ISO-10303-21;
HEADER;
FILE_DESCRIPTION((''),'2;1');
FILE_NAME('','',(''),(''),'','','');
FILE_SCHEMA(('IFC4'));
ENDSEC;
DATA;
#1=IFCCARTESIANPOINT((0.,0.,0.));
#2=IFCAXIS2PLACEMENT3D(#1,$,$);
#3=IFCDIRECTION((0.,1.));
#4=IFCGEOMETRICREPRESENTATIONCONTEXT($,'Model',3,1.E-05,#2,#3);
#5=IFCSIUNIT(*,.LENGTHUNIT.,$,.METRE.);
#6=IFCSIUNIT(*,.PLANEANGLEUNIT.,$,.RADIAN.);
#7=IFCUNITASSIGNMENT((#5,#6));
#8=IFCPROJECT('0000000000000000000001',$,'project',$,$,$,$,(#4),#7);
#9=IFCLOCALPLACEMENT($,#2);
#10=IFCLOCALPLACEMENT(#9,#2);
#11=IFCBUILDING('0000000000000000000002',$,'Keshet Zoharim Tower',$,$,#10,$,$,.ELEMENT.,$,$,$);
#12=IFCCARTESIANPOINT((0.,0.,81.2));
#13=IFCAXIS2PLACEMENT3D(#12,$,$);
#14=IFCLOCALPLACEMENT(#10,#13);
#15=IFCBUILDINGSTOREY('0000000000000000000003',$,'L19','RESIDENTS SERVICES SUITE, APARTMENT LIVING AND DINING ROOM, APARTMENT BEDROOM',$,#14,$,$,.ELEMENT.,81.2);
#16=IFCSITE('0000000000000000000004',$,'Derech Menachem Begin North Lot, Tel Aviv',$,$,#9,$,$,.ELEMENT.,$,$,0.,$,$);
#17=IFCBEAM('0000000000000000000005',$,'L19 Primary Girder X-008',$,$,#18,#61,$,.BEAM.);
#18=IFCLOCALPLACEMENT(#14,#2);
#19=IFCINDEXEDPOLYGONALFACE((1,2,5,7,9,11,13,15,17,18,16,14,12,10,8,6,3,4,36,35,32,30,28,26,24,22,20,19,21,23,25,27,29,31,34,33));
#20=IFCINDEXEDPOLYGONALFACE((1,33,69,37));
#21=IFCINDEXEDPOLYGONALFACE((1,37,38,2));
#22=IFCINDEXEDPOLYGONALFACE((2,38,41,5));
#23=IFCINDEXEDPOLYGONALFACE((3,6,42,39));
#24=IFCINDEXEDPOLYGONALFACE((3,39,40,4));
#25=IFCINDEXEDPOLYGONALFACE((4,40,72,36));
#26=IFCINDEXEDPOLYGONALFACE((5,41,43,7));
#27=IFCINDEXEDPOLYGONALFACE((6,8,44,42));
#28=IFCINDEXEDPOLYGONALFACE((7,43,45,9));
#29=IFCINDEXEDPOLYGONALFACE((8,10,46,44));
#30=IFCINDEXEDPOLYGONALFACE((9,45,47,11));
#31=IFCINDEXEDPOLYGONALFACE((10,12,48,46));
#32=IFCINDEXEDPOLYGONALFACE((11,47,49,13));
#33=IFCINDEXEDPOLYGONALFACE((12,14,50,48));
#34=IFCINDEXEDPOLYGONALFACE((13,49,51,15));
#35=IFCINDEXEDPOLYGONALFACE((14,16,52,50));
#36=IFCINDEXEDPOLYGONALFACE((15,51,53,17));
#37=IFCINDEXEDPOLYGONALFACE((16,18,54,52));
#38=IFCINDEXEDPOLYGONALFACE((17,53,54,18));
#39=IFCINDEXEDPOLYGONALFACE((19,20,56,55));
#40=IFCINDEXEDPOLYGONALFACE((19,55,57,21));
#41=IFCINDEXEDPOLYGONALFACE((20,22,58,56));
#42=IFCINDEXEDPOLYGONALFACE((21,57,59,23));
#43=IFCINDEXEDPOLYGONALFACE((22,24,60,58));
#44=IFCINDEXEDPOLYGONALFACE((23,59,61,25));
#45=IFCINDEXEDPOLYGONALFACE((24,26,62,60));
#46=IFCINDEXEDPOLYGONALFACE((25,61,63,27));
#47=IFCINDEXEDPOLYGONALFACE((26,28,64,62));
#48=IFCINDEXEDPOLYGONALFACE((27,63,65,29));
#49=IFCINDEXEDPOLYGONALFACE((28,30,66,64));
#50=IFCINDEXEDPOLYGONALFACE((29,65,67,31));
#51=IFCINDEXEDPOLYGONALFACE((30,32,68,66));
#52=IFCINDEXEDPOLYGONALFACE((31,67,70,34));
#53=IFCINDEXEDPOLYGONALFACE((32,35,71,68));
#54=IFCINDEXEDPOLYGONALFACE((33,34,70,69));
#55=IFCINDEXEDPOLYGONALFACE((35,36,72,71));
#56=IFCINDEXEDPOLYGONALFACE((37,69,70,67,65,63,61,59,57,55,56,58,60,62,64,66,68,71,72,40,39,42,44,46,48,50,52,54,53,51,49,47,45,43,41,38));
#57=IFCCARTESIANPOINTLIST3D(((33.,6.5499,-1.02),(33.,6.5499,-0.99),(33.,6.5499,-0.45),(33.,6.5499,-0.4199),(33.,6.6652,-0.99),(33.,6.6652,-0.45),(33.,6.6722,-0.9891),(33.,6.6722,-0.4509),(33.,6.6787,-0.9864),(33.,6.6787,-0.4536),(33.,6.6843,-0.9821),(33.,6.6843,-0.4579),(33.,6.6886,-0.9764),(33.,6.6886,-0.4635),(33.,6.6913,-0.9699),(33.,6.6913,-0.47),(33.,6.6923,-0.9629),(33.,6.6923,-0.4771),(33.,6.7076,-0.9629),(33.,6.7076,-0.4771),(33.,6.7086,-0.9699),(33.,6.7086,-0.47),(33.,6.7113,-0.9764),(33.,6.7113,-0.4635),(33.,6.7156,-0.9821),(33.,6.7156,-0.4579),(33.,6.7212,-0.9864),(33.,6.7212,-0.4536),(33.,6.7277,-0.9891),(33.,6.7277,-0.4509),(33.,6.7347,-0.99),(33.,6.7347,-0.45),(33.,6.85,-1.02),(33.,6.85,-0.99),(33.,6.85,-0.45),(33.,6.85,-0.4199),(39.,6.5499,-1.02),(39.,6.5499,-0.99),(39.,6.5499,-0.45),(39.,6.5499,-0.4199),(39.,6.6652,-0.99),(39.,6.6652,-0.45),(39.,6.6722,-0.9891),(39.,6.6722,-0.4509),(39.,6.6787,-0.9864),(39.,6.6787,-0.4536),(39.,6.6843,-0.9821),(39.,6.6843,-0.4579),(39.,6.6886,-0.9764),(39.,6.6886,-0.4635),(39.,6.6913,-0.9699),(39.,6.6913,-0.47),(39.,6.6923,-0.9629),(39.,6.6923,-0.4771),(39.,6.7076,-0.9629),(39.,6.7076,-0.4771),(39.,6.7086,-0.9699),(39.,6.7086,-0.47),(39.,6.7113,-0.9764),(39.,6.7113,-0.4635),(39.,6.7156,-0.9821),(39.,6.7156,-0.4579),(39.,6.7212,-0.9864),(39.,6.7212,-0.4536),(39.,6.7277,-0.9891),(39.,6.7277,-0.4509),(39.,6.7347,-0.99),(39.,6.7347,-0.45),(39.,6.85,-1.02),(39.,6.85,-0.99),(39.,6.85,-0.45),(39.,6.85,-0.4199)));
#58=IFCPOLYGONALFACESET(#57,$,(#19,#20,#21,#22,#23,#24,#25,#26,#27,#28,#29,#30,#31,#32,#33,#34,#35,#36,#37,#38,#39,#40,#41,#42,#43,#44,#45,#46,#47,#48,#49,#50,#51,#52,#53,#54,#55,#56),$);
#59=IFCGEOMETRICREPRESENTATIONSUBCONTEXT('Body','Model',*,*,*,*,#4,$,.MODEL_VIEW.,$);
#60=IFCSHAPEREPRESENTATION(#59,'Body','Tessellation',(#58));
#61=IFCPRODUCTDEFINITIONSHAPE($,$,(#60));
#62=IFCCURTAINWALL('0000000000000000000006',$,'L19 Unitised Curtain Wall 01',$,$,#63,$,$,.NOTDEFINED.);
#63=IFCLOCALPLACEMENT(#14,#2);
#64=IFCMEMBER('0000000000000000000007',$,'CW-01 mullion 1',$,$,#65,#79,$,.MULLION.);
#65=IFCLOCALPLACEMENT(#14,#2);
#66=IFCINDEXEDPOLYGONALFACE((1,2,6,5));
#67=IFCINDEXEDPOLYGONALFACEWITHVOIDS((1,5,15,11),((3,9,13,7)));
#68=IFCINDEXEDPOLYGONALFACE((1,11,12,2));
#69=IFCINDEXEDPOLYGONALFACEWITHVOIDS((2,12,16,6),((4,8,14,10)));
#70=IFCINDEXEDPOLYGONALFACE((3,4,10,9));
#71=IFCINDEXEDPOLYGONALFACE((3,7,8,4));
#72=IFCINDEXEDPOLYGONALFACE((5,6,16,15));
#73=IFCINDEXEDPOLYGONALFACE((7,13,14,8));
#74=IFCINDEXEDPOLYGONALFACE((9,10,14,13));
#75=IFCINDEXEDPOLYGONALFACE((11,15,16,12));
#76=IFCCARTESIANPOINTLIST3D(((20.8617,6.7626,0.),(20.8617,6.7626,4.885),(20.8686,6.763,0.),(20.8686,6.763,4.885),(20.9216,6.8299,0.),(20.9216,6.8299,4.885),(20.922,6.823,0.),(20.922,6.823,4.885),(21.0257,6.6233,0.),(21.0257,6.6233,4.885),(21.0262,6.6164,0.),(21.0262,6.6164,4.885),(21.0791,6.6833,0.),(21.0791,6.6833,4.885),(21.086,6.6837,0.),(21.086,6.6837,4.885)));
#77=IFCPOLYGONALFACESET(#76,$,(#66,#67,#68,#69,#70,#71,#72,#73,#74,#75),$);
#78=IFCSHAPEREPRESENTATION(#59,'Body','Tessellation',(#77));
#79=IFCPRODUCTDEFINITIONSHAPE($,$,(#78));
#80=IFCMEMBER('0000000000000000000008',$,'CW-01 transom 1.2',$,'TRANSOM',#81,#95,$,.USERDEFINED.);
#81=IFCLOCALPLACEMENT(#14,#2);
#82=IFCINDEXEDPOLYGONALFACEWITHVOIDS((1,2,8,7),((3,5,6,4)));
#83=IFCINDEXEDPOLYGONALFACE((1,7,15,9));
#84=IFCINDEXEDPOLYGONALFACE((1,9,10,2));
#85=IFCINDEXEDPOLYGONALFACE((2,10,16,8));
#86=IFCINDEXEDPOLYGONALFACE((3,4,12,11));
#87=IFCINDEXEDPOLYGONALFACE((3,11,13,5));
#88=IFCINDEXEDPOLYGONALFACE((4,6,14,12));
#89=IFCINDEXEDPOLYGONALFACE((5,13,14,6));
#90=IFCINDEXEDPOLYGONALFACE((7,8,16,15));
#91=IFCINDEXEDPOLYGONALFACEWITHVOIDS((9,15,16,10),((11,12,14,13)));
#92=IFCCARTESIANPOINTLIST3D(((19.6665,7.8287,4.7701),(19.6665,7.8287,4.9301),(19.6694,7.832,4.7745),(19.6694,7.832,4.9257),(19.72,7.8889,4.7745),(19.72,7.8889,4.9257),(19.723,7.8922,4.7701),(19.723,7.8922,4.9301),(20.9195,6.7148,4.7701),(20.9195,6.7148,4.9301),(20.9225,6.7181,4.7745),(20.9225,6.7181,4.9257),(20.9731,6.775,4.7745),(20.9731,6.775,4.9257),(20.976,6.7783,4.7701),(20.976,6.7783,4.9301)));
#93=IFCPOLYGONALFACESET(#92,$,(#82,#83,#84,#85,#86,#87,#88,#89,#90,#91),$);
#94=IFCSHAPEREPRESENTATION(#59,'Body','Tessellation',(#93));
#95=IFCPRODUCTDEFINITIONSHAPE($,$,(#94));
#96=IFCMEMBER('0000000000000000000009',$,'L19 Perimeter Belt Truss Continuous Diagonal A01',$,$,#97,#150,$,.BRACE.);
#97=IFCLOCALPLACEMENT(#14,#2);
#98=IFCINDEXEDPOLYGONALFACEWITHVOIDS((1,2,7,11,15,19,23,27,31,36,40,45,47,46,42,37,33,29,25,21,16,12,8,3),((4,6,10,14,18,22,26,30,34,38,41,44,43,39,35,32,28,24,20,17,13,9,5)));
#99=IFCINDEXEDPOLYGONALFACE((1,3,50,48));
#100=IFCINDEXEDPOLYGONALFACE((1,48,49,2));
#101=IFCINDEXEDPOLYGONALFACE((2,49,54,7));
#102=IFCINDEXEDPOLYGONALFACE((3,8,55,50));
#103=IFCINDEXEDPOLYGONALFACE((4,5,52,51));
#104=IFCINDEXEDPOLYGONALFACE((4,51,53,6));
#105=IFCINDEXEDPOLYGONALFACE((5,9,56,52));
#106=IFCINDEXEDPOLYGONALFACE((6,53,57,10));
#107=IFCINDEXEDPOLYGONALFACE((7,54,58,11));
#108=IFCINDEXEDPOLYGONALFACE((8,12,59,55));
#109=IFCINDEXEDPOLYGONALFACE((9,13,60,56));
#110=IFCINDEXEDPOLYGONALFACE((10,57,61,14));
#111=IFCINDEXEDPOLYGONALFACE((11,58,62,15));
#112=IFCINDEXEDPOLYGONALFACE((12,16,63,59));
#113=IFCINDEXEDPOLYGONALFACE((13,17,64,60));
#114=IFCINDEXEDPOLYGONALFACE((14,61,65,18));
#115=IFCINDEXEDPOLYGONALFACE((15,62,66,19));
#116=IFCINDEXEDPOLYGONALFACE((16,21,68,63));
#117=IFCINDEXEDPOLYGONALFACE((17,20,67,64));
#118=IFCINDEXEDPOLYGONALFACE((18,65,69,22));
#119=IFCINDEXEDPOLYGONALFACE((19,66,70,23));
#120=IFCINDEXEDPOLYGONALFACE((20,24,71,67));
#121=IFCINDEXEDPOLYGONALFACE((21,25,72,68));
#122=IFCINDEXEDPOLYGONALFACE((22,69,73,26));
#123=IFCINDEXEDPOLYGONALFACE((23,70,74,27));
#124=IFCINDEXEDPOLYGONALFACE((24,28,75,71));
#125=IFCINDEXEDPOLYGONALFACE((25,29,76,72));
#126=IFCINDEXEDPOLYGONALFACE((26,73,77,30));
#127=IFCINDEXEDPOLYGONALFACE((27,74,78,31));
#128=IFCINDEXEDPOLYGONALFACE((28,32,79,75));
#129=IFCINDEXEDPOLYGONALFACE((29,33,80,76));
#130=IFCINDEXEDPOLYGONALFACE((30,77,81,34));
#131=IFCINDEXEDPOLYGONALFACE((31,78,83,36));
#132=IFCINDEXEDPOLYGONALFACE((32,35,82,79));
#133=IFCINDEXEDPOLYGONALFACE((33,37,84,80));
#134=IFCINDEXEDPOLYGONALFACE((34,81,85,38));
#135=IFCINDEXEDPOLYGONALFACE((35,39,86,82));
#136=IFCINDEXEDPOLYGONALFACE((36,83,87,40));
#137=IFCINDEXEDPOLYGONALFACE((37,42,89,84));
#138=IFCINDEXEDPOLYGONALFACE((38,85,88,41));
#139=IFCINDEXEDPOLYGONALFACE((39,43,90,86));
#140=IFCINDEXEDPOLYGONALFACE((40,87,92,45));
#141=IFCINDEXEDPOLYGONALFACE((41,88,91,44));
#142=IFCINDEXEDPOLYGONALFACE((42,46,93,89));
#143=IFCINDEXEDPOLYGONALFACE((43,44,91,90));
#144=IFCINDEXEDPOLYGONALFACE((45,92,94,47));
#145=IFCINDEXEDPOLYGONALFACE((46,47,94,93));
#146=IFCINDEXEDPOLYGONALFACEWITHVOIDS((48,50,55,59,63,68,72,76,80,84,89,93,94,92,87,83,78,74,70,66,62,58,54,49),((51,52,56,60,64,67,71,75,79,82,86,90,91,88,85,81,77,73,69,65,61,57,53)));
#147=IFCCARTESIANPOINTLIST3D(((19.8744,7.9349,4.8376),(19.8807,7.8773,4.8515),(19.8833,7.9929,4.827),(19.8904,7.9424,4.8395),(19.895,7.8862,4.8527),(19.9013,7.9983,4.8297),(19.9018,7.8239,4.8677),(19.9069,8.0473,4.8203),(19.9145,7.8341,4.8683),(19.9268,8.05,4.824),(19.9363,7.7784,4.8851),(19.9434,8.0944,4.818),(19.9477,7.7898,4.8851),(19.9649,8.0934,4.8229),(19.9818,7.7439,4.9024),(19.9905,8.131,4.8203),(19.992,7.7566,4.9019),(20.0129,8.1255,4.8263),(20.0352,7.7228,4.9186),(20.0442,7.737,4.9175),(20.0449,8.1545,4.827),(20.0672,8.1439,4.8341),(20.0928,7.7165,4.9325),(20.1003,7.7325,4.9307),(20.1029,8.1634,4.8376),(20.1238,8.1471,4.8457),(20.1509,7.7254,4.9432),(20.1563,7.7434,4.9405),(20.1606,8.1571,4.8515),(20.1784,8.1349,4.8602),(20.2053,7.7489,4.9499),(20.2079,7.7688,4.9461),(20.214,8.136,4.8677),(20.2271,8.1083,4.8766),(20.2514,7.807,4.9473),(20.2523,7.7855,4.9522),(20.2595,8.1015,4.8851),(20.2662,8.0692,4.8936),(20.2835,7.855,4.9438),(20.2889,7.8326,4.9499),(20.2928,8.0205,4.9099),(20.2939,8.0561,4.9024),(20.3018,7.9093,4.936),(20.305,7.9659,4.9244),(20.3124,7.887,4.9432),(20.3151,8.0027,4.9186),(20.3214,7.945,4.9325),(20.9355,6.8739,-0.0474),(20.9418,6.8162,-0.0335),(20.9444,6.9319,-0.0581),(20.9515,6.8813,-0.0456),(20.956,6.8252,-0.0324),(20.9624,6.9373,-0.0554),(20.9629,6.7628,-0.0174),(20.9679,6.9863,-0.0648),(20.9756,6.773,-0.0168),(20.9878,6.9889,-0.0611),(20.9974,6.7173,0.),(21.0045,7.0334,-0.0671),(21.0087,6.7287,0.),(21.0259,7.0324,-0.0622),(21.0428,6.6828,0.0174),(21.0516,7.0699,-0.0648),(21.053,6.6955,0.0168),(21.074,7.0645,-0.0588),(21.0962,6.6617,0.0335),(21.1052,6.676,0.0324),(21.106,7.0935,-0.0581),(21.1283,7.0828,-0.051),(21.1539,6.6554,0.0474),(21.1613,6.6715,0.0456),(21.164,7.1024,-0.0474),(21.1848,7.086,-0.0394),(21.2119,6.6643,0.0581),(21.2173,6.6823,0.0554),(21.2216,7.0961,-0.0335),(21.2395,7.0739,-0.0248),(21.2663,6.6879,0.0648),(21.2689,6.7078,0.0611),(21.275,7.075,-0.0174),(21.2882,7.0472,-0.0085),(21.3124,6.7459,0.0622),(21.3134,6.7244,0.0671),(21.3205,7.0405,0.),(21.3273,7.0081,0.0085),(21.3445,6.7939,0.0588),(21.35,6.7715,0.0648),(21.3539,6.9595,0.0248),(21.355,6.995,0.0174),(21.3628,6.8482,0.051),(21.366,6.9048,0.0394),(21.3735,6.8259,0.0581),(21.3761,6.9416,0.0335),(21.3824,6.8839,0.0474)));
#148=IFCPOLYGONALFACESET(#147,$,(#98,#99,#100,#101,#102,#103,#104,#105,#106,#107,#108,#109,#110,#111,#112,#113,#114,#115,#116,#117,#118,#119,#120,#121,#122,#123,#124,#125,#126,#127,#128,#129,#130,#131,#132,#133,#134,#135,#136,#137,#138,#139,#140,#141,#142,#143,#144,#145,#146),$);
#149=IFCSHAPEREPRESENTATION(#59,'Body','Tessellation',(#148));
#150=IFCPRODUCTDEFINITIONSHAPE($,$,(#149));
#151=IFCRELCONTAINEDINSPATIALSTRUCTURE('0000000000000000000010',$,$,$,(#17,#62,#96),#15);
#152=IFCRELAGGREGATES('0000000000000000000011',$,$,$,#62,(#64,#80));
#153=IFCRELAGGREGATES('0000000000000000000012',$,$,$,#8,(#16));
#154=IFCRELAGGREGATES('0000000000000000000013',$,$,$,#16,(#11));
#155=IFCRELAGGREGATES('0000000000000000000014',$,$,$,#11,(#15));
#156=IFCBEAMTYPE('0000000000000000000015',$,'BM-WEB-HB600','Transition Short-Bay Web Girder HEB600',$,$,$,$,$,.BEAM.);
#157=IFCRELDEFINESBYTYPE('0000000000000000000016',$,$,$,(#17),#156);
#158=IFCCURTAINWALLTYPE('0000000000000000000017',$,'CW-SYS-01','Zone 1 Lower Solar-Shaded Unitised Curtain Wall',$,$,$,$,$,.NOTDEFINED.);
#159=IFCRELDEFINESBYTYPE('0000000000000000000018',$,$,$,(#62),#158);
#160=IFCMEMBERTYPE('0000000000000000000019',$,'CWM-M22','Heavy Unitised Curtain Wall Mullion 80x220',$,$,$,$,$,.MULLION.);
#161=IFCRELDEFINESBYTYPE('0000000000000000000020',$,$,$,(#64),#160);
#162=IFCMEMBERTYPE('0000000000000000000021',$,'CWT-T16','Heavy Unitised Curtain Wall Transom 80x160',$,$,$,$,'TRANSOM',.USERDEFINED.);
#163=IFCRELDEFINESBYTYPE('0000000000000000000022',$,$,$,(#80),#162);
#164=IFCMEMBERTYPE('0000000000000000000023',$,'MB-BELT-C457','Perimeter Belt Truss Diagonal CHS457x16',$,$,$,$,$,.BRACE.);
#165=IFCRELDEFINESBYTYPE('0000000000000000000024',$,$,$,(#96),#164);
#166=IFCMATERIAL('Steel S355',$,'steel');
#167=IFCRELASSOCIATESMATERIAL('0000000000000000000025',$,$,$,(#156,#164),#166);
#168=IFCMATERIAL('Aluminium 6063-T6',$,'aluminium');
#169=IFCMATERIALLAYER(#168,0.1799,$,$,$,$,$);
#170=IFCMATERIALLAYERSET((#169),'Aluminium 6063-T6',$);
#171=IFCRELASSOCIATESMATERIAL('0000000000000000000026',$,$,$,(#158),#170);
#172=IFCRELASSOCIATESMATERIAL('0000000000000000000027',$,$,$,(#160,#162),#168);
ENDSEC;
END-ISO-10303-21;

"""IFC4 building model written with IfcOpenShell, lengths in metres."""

from ifc_helpers import new_model, si_unit, direction, frame, origin, origin_2d, place, context, subcontext, project, spatial, hollow_rectangle, hollow_circle, i_section, extrude, material, layer, layer_set, material_profile, profile_set, type_object, element, aggregate, save


model = new_model("IFC4")

# Units and contexts
model_context = context("Model", 3, precision=1e-05, world=origin(), true_north=direction((0.0, 1.0)))
body_context = subcontext(model_context, "Body", "Model", "MODEL_VIEW")
ifc_project = project(units=[si_unit("LENGTHUNIT", "METRE"), si_unit("PLANEANGLEUNIT", "RADIAN")], contexts=[model_context])

# Site, building, storey
site_placement = place(None, origin())
site = spatial("IfcSite", under=ifc_project, at=site_placement, Name="Derech Menachem Begin North Lot, Tel Aviv", CompositionType="ELEMENT", RefElevation=0.0)
building_placement = place(site_placement, origin())
building = spatial("IfcBuilding", under=site, at=building_placement, Name="Keshet Zoharim Tower", CompositionType="ELEMENT")
storey_placement = place(building_placement, frame((0.0, 0.0, 81.2)))
storey = spatial("IfcBuildingStorey", under=building, at=storey_placement, Name="L19", Description="RESIDENTS SERVICES SUITE, APARTMENT LIVING AND DINING ROOM, APARTMENT BEDROOM", CompositionType="ELEMENT", Elevation=81.2)

# Shared definitions
ifc_material_1 = material(Name="Steel S355", Category="steel")

# Beam
ifc_material_profile_1 = material_profile(ifc_material_1, i_section(OverallWidth=0.3, OverallDepth=0.6001, WebThickness=0.0154, FlangeThickness=0.03, FilletRadius=0.0271, at=origin_2d()), Name="HEB600")
ifc_profile_set_1 = profile_set([ifc_material_profile_1], Name="Steel S355")
beam_type_1 = type_object("IfcBeamType", Name="BM-WEB-HB600", Description="Transition Short-Bay Web Girder HEB600", PredefinedType="BEAM", material=ifc_profile_set_1)
for number, where, z_axis, x_axis, name in (
    (1, (33.0, 6.7, -0.72), (1.0, 0.0, 0.0), (0.0, 1.0, 0.0), "L19 Primary Girder X-008"),
):
    element("IfcBeam", number, at=place(storey_placement, frame(where, z_axis=z_axis, x_axis=x_axis)), inside=storey, type_object=beam_type_1, Name=name, PredefinedType="BEAM", context=body_context, shape_type="SweptSolid", body=[
        extrude(i_section(OverallWidth=0.3, OverallDepth=0.6001, WebThickness=0.0154, FlangeThickness=0.03, FilletRadius=0.0271, at=origin_2d()), origin(), (0.0, 0.0, 1.0), 6.0),
    ])

# Curtain wall, members
ifc_material_2 = material(Name="Aluminium 6063-T6", Category="aluminium")
ifc_layer_1 = layer(ifc_material_2, 0.1799)
ifc_layer_set_1 = layer_set([ifc_layer_1], Name="Aluminium 6063-T6")
curtain_wall_type = type_object("IfcCurtainWallType", Name="CW-SYS-01", Description="Zone 1 Lower Solar-Shaded Unitised Curtain Wall", PredefinedType="NOTDEFINED", material=ifc_layer_set_1)
curtain_wall_placement = place(storey_placement, origin())
curtain_wall = element("IfcCurtainWall", 2, at=curtain_wall_placement, inside=storey, type_object=curtain_wall_type, Name="L19 Unitised Curtain Wall 01", PredefinedType="NOTDEFINED")
ifc_material_profile_2 = material_profile(ifc_material_2, hollow_rectangle(XDim=0.0901, YDim=0.22, WallThickness=0.0049, at=origin_2d()), Name="MUL-90x220")
ifc_profile_set_2 = profile_set([ifc_material_profile_2], Name="Aluminium 6063-T6")
member_type_1 = type_object("IfcMemberType", Name="CWM-M22", Description="Heavy Unitised Curtain Wall Mullion 80x220", PredefinedType="MULLION", material=ifc_profile_set_2)
member_1_placement = place(storey_placement, frame((20.9739, 6.7231, 0.0), z_axis=(0.0, 0.0, 1.0), x_axis=(-0.664378, -0.747397, 0.0)))
member_1 = element("IfcMember", 3, at=member_1_placement, type_object=member_type_1, Name="CW-01 mullion 1", PredefinedType="MULLION", context=body_context, shape_type="SweptSolid", body=[
    extrude(hollow_rectangle(XDim=0.0901, YDim=0.22, WallThickness=0.0049, at=origin_2d()), origin(), (0.0, 0.0, 1.0), 4.885),
])
ifc_material_profile_3 = material_profile(ifc_material_2, hollow_rectangle(XDim=0.085, YDim=0.1599, WallThickness=0.0044, at=origin_2d()), Name="TRN-85x160")
ifc_profile_set_3 = profile_set([ifc_material_profile_3], Name="Aluminium 6063-T6")
member_type_2 = type_object("IfcMemberType", Name="CWT-T16", Description="Heavy Unitised Curtain Wall Transom 80x160", ElementType="TRANSOM", PredefinedType="USERDEFINED", material=ifc_profile_set_3)
member_2_placement = place(storey_placement, frame((20.9478, 6.7466, 4.8501), z_axis=(-0.747393, 0.664382, 0.0), x_axis=(-0.664382, -0.747393, 0.0)))
member_2 = element("IfcMember", 4, at=member_2_placement, type_object=member_type_2, Name="CW-01 transom 1.2", ObjectType="TRANSOM", PredefinedType="USERDEFINED", context=body_context, shape_type="SweptSolid", body=[
    extrude(hollow_rectangle(XDim=0.085, YDim=0.1599, WallThickness=0.0044, at=origin_2d()), origin(), (0.0, 0.0, 1.0), 1.6765),
])
aggregate(curtain_wall, [member_1, member_2])

# Member
ifc_material_profile_4 = material_profile(ifc_material_1, hollow_circle(Radius=0.2285, WallThickness=0.0161, at=origin_2d()), Name="CHS457x16")
ifc_profile_set_4 = profile_set([ifc_material_profile_4], Name="Steel S355")
member_type_3 = type_object("IfcMemberType", Name="MB-BELT-C457", Description="Perimeter Belt Truss Diagonal CHS457x16", PredefinedType="BRACE", material=ifc_profile_set_4)
member_3_placement = place(storey_placement, frame((21.1589, 6.8789, 0.0), z_axis=(-0.207628, 0.207628, 0.955919), x_axis=(-0.707107, -0.707107, 0.0)))
element("IfcMember", 5, at=member_3_placement, inside=storey, type_object=member_type_3, Name="L19 Perimeter Belt Truss Continuous Diagonal A01", PredefinedType="BRACE", context=body_context, shape_type="SweptSolid", body=[
    extrude(hollow_circle(Radius=0.2285, WallThickness=0.0161, at=origin_2d()), origin(), (0.0, 0.0, 1.0), 5.1104),
])

save(model, "model.ifc")
